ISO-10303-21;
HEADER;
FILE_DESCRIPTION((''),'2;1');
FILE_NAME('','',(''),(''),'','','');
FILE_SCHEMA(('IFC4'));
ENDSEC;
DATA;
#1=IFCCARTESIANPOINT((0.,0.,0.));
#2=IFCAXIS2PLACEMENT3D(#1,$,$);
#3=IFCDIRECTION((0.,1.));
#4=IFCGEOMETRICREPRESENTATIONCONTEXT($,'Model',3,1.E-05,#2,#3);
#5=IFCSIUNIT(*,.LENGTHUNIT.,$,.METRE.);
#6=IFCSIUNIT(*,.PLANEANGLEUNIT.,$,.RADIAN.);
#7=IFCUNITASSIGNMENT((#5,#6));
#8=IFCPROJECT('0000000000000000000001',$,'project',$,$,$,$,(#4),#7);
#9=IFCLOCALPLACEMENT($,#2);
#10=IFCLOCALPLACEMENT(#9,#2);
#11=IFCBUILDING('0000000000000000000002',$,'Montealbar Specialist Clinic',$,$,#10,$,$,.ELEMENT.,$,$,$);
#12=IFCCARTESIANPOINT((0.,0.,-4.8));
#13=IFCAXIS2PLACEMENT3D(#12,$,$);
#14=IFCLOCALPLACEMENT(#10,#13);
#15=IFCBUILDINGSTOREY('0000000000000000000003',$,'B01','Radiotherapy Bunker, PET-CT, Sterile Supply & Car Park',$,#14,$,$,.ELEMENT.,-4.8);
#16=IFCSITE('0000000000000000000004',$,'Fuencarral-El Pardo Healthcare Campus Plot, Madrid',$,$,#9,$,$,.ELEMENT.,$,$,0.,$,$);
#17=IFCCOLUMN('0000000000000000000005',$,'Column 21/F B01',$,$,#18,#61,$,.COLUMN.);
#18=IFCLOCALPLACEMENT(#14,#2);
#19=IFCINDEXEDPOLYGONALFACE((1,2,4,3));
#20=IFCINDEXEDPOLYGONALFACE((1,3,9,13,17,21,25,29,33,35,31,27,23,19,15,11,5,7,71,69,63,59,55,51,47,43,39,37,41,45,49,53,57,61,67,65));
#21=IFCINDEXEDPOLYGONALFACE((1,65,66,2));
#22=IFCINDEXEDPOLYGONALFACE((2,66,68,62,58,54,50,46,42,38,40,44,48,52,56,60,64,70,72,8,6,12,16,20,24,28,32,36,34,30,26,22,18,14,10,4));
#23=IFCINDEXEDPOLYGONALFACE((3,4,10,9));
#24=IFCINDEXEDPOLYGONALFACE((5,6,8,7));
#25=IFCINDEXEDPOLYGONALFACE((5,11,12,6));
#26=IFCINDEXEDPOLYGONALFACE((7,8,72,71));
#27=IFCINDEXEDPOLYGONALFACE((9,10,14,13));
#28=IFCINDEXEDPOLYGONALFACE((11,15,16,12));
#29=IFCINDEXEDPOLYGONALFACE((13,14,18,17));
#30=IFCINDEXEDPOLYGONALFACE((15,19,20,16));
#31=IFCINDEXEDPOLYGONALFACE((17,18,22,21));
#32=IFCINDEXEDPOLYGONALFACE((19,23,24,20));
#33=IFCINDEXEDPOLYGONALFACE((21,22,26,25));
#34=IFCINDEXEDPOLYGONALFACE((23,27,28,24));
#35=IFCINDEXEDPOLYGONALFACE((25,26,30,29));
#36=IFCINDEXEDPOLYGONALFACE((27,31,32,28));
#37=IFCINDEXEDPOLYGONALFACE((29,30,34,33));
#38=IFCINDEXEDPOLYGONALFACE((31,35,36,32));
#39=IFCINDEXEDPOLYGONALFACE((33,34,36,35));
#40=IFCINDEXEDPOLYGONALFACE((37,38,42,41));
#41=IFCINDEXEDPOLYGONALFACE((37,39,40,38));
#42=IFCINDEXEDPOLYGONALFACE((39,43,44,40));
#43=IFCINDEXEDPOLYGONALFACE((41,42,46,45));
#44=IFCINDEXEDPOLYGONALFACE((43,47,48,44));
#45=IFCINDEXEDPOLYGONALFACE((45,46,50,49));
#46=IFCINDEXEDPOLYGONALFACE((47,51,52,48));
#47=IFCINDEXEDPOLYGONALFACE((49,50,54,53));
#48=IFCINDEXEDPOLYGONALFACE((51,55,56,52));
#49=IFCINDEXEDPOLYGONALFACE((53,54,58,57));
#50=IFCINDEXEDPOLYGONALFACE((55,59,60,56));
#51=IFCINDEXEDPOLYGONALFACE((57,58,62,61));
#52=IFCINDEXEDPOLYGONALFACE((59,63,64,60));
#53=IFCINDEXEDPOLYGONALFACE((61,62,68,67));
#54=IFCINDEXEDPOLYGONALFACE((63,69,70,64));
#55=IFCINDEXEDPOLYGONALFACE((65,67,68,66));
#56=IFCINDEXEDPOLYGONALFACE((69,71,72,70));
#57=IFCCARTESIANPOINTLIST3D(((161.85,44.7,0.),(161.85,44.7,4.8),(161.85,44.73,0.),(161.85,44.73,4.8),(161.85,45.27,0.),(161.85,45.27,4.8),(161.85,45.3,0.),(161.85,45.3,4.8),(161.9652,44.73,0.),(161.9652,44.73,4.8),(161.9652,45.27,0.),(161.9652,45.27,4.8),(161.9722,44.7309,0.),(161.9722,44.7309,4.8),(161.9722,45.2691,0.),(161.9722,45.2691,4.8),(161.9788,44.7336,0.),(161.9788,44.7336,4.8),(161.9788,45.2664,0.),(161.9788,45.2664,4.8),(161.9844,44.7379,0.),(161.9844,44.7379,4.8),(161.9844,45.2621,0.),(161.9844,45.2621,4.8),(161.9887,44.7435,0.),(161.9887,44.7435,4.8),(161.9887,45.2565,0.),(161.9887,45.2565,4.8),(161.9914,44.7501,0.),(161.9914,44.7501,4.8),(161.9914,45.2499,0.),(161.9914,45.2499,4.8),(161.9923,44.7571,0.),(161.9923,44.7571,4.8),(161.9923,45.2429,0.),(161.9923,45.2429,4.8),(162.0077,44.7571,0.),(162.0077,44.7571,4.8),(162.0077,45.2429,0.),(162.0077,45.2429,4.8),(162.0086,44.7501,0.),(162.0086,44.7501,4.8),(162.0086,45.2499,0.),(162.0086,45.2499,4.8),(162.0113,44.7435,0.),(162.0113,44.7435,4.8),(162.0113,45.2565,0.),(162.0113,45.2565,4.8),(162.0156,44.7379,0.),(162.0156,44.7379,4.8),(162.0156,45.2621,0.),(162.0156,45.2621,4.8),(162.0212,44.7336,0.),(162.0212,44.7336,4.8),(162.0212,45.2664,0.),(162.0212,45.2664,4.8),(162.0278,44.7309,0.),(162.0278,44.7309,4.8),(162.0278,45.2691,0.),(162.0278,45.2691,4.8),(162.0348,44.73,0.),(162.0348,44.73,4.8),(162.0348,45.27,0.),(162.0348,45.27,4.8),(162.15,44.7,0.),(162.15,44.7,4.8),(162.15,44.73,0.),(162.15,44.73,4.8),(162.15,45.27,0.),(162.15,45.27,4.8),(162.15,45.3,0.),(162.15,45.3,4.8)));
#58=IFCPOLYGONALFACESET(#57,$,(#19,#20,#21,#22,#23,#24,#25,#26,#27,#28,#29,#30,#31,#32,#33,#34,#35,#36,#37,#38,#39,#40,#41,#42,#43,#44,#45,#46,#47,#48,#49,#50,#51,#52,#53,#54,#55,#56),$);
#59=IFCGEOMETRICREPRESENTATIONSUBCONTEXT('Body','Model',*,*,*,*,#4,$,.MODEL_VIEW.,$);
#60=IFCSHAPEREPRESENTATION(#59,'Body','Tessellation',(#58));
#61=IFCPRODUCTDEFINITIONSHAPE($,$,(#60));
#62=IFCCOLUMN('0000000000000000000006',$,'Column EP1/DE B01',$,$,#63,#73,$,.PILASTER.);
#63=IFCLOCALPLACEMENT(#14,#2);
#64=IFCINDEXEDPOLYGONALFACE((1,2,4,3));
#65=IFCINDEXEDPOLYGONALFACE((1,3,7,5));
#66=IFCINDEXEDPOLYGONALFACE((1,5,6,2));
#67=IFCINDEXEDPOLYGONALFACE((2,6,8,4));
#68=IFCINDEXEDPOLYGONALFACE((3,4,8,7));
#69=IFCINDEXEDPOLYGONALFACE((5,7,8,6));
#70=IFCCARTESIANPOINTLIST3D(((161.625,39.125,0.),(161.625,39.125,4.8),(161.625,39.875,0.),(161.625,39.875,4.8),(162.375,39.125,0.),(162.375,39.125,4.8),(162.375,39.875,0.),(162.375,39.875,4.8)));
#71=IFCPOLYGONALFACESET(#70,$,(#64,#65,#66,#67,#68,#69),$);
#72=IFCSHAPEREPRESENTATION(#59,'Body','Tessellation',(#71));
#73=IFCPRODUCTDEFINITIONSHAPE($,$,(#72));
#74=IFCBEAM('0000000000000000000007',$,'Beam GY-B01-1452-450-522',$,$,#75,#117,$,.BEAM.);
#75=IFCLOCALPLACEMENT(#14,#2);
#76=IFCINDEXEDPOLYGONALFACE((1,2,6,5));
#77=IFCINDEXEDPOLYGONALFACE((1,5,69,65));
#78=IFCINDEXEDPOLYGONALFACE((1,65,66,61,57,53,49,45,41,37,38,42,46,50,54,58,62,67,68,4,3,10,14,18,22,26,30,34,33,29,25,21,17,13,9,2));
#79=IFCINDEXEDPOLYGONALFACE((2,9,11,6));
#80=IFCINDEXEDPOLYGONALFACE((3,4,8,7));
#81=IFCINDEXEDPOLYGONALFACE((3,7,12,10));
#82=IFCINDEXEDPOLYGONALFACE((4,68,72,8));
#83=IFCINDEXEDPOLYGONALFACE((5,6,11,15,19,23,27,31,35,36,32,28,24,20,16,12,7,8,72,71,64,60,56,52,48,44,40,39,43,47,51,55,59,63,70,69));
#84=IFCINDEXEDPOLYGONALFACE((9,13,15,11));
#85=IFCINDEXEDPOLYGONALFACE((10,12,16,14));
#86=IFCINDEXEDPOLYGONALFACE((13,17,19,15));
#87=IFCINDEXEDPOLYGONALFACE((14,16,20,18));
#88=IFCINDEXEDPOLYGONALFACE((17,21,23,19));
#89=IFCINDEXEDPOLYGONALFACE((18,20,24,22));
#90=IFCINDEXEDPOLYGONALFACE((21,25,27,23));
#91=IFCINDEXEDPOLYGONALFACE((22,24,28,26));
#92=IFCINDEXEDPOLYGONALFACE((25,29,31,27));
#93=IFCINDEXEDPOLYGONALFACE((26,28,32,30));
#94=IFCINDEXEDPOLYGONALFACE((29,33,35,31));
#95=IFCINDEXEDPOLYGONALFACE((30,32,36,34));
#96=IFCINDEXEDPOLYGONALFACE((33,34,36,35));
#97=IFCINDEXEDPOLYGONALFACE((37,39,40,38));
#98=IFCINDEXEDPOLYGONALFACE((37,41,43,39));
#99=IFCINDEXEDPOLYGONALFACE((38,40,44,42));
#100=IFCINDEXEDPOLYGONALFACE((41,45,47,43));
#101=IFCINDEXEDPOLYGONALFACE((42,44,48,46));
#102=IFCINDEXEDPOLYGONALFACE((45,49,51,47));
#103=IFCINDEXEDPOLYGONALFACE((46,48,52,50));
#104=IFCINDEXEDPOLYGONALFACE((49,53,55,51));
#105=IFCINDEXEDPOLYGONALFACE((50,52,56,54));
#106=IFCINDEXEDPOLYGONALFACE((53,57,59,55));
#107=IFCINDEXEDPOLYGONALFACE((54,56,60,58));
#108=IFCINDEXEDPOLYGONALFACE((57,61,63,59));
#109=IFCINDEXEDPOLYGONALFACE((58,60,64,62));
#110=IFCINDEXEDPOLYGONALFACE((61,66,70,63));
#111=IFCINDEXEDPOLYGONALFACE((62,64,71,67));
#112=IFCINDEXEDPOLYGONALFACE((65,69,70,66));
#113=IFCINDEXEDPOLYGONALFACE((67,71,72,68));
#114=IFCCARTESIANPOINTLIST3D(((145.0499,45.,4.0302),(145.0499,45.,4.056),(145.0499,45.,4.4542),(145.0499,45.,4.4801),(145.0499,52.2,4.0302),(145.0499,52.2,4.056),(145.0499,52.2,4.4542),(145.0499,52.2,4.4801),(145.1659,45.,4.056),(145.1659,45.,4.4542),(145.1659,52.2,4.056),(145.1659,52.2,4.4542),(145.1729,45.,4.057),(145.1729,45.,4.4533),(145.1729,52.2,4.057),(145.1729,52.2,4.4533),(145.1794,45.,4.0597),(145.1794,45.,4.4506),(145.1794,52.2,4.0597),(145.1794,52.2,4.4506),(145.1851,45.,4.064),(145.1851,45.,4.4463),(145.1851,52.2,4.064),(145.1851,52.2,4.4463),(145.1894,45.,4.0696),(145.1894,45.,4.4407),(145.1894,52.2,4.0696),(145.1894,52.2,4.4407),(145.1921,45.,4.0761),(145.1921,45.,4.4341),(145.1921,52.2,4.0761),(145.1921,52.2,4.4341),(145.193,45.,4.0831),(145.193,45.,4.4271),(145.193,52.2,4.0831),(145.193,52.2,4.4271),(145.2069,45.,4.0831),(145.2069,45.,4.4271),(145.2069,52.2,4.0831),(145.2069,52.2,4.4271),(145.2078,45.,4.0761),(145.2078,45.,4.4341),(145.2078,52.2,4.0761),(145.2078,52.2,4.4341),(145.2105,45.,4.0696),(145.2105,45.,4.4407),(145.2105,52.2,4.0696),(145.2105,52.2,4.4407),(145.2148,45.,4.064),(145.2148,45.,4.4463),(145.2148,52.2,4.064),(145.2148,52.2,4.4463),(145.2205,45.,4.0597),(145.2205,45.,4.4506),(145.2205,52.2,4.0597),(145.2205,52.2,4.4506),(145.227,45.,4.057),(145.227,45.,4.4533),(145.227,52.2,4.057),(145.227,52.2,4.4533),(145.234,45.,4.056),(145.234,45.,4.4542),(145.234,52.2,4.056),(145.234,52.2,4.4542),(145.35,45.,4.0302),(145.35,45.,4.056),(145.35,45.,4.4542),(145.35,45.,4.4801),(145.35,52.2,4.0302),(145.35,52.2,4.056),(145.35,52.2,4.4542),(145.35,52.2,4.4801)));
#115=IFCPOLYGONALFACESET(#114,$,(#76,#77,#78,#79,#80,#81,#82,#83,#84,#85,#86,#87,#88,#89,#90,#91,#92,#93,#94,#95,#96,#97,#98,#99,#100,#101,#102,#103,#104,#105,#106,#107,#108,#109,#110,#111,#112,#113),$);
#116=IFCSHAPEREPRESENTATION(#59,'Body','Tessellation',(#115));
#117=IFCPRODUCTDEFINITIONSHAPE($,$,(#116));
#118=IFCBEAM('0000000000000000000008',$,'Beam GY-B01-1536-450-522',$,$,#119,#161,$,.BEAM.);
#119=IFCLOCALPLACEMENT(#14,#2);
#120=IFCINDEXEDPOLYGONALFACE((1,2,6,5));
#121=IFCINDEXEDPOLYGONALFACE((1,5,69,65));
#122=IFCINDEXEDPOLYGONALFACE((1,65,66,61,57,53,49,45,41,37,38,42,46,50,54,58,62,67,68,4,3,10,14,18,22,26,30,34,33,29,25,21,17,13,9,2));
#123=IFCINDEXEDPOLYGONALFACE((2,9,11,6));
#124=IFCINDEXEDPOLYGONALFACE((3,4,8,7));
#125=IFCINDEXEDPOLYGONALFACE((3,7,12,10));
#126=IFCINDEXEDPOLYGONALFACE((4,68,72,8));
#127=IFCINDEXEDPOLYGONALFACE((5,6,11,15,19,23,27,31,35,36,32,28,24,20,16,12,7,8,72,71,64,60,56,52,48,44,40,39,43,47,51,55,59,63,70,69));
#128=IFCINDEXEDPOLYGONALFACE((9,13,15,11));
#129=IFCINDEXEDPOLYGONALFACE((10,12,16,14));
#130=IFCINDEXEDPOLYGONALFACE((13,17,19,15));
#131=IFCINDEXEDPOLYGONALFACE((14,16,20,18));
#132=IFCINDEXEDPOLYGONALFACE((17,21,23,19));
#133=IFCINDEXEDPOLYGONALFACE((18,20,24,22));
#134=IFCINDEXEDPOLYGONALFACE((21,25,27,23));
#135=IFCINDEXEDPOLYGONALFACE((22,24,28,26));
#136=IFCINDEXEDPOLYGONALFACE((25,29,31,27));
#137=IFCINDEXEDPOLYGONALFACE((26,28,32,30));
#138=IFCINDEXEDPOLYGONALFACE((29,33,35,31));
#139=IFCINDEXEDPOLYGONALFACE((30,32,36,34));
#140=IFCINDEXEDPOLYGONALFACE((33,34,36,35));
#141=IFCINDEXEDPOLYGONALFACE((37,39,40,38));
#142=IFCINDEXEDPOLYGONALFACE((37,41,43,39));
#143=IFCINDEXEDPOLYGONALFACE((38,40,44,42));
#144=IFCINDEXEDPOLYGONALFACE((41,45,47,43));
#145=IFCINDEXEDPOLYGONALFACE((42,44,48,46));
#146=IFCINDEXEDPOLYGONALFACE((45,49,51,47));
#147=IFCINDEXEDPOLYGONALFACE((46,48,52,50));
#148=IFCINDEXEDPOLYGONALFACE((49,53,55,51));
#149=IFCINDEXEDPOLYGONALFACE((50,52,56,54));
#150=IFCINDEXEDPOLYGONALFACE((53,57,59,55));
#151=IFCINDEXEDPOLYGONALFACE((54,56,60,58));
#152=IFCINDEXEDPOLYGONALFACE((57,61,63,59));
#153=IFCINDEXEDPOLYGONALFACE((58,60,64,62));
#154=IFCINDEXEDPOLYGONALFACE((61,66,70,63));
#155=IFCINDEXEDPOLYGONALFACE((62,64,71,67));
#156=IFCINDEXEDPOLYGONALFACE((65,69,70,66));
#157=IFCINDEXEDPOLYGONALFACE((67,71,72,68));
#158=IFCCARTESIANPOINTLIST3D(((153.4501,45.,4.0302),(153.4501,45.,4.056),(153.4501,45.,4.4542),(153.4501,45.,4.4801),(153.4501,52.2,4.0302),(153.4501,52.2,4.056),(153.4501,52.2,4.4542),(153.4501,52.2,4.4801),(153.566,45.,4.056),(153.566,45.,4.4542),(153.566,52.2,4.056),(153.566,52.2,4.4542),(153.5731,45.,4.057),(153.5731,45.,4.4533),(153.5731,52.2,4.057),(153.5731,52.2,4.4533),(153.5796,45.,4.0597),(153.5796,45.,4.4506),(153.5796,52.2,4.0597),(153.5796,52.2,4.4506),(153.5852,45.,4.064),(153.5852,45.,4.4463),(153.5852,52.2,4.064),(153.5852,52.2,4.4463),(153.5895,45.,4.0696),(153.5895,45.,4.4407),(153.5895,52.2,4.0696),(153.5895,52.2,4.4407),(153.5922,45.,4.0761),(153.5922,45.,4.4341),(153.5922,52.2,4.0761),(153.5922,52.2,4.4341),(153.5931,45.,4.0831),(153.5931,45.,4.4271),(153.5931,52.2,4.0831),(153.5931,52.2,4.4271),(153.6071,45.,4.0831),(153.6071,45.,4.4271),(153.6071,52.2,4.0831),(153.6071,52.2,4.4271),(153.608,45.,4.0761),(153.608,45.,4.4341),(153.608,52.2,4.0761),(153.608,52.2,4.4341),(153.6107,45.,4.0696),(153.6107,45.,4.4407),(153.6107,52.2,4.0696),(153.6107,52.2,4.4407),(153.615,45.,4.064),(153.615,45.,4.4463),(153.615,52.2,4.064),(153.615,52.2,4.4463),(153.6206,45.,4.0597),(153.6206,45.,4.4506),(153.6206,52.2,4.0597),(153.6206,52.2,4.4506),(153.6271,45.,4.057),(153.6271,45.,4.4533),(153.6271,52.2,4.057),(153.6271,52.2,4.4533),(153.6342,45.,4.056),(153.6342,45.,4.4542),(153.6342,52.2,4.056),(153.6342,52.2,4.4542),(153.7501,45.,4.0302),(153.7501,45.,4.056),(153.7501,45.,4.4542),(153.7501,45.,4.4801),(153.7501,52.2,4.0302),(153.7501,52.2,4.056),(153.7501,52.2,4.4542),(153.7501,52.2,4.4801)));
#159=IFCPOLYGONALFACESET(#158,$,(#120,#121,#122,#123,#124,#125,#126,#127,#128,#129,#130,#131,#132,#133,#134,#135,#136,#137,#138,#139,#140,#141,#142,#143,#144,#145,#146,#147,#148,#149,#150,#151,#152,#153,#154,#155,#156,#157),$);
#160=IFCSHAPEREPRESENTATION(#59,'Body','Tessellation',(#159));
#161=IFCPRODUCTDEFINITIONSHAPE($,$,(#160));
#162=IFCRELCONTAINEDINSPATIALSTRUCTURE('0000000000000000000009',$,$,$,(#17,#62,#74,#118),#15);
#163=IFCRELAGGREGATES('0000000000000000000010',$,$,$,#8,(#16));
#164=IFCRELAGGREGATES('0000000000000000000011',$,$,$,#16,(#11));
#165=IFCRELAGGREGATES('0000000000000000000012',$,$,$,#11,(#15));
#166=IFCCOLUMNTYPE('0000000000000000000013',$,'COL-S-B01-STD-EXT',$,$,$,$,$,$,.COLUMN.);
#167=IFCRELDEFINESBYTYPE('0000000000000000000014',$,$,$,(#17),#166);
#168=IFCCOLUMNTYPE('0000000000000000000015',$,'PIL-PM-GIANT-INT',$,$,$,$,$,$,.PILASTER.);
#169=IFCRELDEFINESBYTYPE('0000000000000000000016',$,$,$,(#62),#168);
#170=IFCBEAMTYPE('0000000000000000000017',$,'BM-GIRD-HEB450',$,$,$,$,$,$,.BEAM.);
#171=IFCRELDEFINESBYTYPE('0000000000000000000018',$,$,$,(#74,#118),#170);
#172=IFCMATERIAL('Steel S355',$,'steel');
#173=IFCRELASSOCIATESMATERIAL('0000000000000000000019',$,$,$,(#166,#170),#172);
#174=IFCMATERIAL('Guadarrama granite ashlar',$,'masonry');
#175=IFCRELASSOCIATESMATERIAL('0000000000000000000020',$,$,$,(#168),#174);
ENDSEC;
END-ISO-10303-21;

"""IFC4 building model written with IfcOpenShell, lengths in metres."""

from ifc_helpers import new_model, si_unit, direction, frame, origin, origin_2d, place, context, subcontext, project, spatial, rectangle, i_section, extrude, material, material_profile, profile_set, type_object, element, save


model = new_model("IFC4")

# Units and contexts
model_context = context("Model", 3, precision=1e-05, world=origin(), true_north=direction((0.0, 1.0)))
body_context = subcontext(model_context, "Body", "Model", "MODEL_VIEW")
ifc_project = project(units=[si_unit("LENGTHUNIT", "METRE"), si_unit("PLANEANGLEUNIT", "RADIAN")], contexts=[model_context])

# Site, building, storey
site_placement = place(None, origin())
site = spatial("IfcSite", under=ifc_project, at=site_placement, Name="Fuencarral-El Pardo Healthcare Campus Plot, Madrid", CompositionType="ELEMENT", RefElevation=0.0)
building_placement = place(site_placement, origin())
building = spatial("IfcBuilding", under=site, at=building_placement, Name="Montealbar Specialist Clinic", CompositionType="ELEMENT")
storey_placement = place(building_placement, frame((0.0, 0.0, -4.8)))
storey = spatial("IfcBuildingStorey", under=building, at=storey_placement, Name="B01", Description="Radiotherapy Bunker, PET-CT, Sterile Supply & Car Park", CompositionType="ELEMENT", Elevation=-4.8)

# Columns
ifc_material_1 = material(Name="Steel S355", Category="steel")
ifc_material_profile_1 = material_profile(ifc_material_1, i_section(OverallWidth=0.3, OverallDepth=0.6001, WebThickness=0.0154, FlangeThickness=0.03, FilletRadius=0.0271, at=origin_2d()), Name="HEB 600", Category="steel")
ifc_profile_set_1 = profile_set([ifc_material_profile_1], Name="Steel S355")
column_type_1 = type_object("IfcColumnType", Name="COL-S-B01-STD-EXT", PredefinedType="COLUMN", material=ifc_profile_set_1)
for number, where, z_axis, x_axis, name in (
    (1, (162.0, 45.0, 0.0), (0.0, 0.0, 1.0), (1.0, 0.0, 0.0), "Column 21/F B01"),
):
    element("IfcColumn", number, at=place(storey_placement, frame(where, z_axis=z_axis, x_axis=x_axis)), inside=storey, type_object=column_type_1, Name=name, PredefinedType="COLUMN", context=body_context, shape_type="SweptSolid", body=[
        extrude(i_section(OverallWidth=0.3, OverallDepth=0.6001, WebThickness=0.0154, FlangeThickness=0.03, FilletRadius=0.0271, at=origin_2d()), origin(), (0.0, 0.0, 1.0), 4.8),
    ])
ifc_material_2 = material(Name="Guadarrama granite ashlar", Category="masonry")
ifc_material_profile_2 = material_profile(ifc_material_2, rectangle(XDim=0.75, YDim=0.75, at=origin_2d()), Name="GRANITE PILASTER 750x750", Category="masonry")
ifc_profile_set_2 = profile_set([ifc_material_profile_2], Name="Guadarrama granite ashlar")
column_type_2 = type_object("IfcColumnType", Name="PIL-PM-GIANT-INT", PredefinedType="PILASTER", material=ifc_profile_set_2)
column_placement = place(storey_placement, frame((162.0, 39.5, 0.0), z_axis=(0.0, 0.0, 1.0), x_axis=(1.0, 0.0, 0.0)))
element("IfcColumn", 2, at=column_placement, inside=storey, type_object=column_type_2, Name="Column EP1/DE B01", PredefinedType="PILASTER", context=body_context, shape_type="SweptSolid", body=[
    extrude(rectangle(XDim=0.75, YDim=0.75, at=origin_2d()), origin(), (0.0, 0.0, 1.0), 4.8),
])

# Beams
ifc_material_profile_3 = material_profile(ifc_material_1, i_section(OverallWidth=0.3, OverallDepth=0.45, WebThickness=0.0139, FlangeThickness=0.0259, FilletRadius=0.0271, at=origin_2d()), Name="HEB 450", Category="steel")
ifc_profile_set_3 = profile_set([ifc_material_profile_3], Name="Steel S355")
beam_type_1 = type_object("IfcBeamType", Name="BM-GIRD-HEB450", PredefinedType="BEAM", material=ifc_profile_set_3)
for number, where, z_axis, x_axis, name in (
    (3, (145.2, 45.0, 4.2551), (0.0, 1.0, 0.0), (-1.0, 0.0, 0.0), "Beam GY-B01-1452-450-522"),
    (4, (153.6001, 45.0, 4.2551), (0.0, 1.0, 0.0), (-1.0, 0.0, 0.0), "Beam GY-B01-1536-450-522"),
):
    element("IfcBeam", number, at=place(storey_placement, frame(where, z_axis=z_axis, x_axis=x_axis)), inside=storey, type_object=beam_type_1, Name=name, PredefinedType="BEAM", context=body_context, shape_type="SweptSolid", body=[
        extrude(i_section(OverallWidth=0.3, OverallDepth=0.45, WebThickness=0.0139, FlangeThickness=0.0259, FilletRadius=0.0271, at=origin_2d()), origin(), (0.0, 0.0, 1.0), 7.2),
    ])

save(model, "model.ifc")
